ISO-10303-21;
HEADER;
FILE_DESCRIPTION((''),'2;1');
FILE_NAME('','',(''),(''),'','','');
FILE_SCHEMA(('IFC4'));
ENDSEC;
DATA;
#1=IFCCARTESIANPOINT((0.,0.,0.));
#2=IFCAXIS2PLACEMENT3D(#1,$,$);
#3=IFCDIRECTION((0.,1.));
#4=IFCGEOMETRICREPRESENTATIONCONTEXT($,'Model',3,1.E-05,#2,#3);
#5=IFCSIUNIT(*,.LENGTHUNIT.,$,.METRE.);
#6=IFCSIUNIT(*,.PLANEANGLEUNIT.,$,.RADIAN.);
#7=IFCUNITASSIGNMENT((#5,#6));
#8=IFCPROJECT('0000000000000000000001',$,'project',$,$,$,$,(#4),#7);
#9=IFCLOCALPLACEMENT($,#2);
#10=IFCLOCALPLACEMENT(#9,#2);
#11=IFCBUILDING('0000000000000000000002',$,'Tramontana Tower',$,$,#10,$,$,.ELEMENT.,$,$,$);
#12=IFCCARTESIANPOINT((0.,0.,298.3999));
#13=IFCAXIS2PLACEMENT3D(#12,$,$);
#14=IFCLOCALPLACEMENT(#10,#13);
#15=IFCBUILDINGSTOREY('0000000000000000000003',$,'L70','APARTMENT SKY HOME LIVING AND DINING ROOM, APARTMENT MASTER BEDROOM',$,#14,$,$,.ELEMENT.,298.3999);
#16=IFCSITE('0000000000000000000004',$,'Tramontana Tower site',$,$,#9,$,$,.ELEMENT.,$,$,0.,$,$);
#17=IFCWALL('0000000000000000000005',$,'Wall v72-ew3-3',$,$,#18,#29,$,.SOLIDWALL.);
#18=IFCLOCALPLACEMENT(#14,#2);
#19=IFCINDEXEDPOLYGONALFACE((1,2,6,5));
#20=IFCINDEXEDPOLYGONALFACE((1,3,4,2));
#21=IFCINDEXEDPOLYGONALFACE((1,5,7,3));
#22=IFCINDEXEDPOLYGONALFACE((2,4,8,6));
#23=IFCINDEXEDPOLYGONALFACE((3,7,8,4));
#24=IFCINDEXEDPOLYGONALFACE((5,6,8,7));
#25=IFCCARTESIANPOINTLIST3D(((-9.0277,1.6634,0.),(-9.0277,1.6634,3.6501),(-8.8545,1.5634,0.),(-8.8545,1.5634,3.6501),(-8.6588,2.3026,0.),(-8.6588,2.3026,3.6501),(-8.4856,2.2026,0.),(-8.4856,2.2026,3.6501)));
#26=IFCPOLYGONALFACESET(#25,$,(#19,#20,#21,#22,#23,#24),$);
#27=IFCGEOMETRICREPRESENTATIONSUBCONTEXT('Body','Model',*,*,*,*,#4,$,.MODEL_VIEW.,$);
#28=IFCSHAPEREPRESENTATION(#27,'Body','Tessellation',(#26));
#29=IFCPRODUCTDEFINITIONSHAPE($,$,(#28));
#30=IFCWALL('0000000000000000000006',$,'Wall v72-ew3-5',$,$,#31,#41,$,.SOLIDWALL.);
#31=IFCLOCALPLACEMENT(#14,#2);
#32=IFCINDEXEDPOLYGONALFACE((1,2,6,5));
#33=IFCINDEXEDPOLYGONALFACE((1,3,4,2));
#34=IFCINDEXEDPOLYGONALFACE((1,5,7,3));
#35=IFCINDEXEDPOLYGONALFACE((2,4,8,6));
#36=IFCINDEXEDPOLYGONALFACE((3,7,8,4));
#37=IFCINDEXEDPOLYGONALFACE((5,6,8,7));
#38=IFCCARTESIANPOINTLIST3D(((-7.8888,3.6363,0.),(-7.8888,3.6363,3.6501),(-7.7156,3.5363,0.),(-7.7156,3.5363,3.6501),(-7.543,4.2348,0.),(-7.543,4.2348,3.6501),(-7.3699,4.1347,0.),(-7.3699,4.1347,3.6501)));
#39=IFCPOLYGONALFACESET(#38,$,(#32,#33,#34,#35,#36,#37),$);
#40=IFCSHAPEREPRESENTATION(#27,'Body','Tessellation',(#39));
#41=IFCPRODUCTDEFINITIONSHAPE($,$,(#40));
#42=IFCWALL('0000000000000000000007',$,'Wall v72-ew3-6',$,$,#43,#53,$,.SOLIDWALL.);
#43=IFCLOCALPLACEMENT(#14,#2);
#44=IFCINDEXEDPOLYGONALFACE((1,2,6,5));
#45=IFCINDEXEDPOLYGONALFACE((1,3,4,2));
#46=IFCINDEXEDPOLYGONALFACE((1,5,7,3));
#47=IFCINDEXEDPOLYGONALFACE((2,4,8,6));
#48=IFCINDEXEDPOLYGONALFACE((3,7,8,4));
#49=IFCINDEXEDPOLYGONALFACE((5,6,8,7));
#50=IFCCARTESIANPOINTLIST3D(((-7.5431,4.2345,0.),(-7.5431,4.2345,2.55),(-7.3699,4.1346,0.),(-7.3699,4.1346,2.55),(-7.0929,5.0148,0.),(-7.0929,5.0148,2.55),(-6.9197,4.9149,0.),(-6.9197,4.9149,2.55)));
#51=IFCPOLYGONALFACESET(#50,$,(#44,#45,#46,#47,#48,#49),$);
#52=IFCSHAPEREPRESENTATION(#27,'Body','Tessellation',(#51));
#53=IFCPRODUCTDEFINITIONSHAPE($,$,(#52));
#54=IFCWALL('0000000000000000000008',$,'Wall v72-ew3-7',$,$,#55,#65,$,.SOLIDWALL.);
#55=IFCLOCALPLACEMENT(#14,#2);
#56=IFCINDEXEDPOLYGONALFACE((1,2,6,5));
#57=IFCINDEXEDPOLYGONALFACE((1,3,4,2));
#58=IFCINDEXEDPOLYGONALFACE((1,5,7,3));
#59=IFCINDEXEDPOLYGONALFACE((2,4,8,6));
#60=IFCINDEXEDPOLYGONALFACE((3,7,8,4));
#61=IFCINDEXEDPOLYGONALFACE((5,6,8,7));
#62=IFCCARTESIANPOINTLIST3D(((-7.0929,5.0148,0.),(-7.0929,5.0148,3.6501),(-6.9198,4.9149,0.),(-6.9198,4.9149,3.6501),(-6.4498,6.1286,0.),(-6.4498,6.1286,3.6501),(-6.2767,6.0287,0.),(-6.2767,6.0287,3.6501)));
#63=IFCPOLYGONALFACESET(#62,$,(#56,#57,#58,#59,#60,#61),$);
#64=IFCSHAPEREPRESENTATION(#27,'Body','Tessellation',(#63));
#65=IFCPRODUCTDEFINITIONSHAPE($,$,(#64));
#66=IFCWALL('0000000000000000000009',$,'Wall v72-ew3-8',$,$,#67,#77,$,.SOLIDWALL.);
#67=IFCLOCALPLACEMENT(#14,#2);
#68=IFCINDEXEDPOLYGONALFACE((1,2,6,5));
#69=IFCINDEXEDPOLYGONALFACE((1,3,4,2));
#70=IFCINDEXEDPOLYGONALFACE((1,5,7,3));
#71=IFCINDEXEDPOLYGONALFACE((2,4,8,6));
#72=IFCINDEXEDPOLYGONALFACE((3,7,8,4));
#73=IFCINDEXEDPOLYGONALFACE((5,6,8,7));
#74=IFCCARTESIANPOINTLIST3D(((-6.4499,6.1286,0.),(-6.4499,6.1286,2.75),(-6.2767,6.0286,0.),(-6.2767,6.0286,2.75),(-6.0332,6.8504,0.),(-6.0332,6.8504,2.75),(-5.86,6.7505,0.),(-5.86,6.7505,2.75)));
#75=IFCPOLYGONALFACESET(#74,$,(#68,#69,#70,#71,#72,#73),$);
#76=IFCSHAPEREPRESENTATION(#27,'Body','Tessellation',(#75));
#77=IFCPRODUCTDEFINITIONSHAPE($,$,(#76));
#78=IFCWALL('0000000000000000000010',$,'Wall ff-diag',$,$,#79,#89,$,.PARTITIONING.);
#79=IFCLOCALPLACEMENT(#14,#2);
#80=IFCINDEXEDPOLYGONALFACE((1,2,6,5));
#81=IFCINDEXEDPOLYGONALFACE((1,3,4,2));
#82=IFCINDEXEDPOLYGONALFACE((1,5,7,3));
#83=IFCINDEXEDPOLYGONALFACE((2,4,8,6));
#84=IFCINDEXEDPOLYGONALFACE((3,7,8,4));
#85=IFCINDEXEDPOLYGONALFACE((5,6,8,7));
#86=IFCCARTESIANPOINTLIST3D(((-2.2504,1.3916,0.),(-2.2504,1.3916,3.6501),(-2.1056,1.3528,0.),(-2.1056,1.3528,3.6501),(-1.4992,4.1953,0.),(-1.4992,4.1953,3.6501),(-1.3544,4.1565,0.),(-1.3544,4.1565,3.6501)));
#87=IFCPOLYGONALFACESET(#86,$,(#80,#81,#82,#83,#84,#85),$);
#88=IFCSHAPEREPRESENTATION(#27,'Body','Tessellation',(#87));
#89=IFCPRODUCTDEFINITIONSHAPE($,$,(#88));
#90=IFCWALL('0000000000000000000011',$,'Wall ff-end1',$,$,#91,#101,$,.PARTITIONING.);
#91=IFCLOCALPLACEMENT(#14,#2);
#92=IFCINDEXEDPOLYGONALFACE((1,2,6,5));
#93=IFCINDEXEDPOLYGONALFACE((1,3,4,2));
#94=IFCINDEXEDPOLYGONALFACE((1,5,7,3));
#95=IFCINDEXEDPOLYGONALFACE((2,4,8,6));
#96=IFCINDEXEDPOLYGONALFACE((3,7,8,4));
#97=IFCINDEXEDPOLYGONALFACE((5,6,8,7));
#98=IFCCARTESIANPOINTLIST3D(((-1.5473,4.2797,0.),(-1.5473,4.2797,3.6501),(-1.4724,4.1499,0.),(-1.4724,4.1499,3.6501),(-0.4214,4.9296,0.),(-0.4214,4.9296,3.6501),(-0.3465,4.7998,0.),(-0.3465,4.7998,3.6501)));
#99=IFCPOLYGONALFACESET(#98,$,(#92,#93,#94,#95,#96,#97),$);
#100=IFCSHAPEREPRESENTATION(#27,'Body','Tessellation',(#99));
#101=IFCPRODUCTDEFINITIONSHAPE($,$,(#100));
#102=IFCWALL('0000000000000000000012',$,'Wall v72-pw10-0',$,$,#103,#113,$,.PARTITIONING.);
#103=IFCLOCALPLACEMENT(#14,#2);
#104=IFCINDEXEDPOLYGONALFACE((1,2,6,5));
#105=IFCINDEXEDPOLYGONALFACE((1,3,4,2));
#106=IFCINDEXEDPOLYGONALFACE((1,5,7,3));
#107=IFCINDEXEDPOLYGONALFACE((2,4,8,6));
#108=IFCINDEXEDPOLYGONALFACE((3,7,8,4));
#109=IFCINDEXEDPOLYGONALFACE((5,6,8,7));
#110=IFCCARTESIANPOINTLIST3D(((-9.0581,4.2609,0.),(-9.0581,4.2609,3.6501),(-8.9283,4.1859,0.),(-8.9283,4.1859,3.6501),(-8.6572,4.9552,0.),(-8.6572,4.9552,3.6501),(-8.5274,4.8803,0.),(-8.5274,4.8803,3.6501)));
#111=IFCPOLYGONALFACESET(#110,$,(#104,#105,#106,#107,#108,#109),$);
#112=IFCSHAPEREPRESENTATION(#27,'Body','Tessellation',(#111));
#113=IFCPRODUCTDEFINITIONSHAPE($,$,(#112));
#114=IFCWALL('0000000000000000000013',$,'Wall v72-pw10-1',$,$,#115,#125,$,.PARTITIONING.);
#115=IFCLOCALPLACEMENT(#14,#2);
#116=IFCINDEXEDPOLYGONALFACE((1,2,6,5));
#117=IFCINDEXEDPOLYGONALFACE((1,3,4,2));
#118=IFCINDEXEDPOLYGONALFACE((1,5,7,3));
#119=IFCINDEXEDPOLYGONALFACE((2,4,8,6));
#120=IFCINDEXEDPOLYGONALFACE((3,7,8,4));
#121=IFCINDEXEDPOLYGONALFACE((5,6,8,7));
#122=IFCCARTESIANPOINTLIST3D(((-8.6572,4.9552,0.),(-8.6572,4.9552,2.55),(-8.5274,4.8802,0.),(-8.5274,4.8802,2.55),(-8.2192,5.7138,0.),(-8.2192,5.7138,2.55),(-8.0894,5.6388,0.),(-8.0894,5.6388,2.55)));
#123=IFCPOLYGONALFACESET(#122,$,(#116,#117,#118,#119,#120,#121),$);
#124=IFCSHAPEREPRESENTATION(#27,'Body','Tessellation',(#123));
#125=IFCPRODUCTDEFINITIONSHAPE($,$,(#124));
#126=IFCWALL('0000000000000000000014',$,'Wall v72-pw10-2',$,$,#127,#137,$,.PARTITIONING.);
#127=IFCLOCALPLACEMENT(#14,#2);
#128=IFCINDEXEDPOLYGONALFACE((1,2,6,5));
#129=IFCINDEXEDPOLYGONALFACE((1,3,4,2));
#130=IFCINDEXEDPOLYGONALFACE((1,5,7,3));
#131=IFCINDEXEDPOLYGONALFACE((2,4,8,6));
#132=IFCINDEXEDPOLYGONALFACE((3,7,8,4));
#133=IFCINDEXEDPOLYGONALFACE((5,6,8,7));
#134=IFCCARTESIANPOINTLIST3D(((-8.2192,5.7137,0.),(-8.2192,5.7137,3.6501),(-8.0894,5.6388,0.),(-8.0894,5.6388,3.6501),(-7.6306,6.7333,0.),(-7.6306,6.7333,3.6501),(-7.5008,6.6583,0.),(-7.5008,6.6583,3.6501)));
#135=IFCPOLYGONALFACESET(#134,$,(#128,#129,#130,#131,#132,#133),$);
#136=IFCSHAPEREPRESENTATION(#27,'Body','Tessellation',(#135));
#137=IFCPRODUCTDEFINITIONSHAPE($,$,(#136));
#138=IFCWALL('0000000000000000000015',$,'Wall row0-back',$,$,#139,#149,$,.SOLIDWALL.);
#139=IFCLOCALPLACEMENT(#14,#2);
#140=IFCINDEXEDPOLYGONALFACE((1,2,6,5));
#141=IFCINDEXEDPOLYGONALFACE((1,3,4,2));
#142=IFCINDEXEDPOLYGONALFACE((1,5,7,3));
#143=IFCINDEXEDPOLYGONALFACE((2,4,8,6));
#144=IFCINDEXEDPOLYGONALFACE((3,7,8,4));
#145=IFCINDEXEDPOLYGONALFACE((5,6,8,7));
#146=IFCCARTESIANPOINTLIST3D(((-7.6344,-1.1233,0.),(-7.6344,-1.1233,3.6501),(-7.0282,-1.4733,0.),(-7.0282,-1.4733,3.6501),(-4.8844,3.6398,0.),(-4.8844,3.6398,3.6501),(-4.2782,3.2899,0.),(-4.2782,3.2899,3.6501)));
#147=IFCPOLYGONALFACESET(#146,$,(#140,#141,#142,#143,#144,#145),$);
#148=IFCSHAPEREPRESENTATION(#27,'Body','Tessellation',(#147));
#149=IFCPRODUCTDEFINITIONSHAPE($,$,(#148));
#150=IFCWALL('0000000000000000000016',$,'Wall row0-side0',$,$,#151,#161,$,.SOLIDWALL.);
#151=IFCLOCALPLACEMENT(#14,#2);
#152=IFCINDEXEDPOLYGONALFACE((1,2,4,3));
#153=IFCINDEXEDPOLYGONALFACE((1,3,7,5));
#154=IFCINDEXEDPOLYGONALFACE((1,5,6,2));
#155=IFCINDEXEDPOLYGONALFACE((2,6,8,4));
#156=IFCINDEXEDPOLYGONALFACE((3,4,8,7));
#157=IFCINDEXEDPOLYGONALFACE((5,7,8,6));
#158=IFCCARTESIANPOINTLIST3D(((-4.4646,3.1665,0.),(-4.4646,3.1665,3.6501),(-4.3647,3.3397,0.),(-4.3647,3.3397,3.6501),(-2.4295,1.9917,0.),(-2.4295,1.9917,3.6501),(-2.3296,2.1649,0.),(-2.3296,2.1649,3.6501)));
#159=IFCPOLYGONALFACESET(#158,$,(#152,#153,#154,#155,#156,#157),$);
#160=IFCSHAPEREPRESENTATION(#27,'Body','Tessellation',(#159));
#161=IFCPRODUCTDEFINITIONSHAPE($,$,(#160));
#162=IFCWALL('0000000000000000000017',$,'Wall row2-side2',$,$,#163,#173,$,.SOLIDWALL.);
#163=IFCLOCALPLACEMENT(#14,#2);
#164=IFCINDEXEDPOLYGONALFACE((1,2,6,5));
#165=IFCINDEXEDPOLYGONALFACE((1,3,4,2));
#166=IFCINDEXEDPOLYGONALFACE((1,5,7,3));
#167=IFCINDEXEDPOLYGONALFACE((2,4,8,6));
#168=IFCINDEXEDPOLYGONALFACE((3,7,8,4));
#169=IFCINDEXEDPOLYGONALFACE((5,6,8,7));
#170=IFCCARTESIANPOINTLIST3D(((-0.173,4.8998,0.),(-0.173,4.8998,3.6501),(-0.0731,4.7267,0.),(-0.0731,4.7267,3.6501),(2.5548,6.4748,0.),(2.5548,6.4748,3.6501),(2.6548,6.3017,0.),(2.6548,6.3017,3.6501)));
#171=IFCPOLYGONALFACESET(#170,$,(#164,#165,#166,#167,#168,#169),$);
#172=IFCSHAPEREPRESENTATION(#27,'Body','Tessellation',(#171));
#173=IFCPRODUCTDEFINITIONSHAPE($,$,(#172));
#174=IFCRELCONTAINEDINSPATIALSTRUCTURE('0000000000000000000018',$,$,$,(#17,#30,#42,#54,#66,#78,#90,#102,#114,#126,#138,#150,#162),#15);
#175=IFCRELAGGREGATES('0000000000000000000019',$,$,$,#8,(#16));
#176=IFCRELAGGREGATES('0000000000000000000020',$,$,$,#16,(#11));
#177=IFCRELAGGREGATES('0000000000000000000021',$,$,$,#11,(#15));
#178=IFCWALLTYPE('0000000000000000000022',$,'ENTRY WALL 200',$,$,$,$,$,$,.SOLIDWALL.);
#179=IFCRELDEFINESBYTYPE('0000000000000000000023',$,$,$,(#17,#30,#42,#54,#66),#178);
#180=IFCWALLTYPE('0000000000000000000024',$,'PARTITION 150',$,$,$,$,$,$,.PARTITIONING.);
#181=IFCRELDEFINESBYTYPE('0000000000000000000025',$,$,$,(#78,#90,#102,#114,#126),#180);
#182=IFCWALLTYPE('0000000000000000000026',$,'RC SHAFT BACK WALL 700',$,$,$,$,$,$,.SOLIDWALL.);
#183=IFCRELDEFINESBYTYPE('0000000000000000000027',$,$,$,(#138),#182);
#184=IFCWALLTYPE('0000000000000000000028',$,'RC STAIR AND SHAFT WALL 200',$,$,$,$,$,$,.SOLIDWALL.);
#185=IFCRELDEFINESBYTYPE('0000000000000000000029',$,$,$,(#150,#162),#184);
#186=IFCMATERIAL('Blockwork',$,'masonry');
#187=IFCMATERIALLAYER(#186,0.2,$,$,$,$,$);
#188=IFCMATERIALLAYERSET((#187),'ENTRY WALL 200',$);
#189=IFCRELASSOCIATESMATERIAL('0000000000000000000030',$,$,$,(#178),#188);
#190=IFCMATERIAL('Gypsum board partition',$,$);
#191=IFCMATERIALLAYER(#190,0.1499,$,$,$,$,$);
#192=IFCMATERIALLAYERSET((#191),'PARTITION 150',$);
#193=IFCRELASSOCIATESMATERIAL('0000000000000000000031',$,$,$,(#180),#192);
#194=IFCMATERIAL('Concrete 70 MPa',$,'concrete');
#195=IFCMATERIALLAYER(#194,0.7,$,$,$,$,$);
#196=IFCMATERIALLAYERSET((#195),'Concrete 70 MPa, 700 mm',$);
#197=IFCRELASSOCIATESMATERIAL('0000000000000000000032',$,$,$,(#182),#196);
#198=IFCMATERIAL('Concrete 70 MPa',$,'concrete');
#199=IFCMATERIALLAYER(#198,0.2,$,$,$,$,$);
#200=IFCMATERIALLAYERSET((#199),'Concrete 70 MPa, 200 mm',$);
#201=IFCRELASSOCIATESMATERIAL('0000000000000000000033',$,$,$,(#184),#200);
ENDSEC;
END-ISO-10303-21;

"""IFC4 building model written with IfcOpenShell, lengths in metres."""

from ifc_helpers import new_model, si_unit, direction, frame, frame_2d, origin, place, context, subcontext, project, spatial, rectangle, extrude, material, layer, layer_set, type_object, element, save


model = new_model("IFC4")

# Units and contexts
model_context = context("Model", 3, precision=1e-05, world=origin(), true_north=direction((0.0, 1.0)))
body_context = subcontext(model_context, "Body", "Model", "MODEL_VIEW")
ifc_project = project(units=[si_unit("LENGTHUNIT", "METRE"), si_unit("PLANEANGLEUNIT", "RADIAN")], contexts=[model_context])

# Site, building, storey
site_placement = place(None, origin())
site = spatial("IfcSite", under=ifc_project, at=site_placement, Name="Tramontana Tower site", CompositionType="ELEMENT", RefElevation=0.0)
building_placement = place(site_placement, origin())
building = spatial("IfcBuilding", under=site, at=building_placement, Name="Tramontana Tower", CompositionType="ELEMENT")
storey_placement = place(building_placement, frame((0.0, 0.0, 298.3999)))
storey = spatial("IfcBuildingStorey", under=building, at=storey_placement, Name="L70", Description="APARTMENT SKY HOME LIVING AND DINING ROOM, APARTMENT MASTER BEDROOM", CompositionType="ELEMENT", Elevation=298.3999)

# Wall
ifc_material_1 = material(Name="Blockwork", Category="masonry")
ifc_layer_1 = layer(ifc_material_1, 0.2)
ifc_layer_set_1 = layer_set([ifc_layer_1], Name="ENTRY WALL 200")
wall_type_1 = type_object("IfcWallType", Name="ENTRY WALL 200", PredefinedType="SOLIDWALL", material=ifc_layer_set_1)
wall_1_placement = place(storey_placement, frame((-8.9412, 1.6133, 0.0), z_axis=(0.0, 0.0, 1.0), x_axis=(0.499875, 0.866097, 0.0)))
element("IfcWall", 1, at=wall_1_placement, inside=storey, type_object=wall_type_1, Name="Wall v72-ew3-3", PredefinedType="SOLIDWALL", context=body_context, shape_type="SweptSolid", body=[
    extrude(rectangle(XDim=0.738, YDim=0.2, at=frame_2d((0.3691, 0.0))), origin(), (0.0, 0.0, 1.0), 3.6501),
])

# Walls
wall_2_placement = place(storey_placement, frame((-7.8022, 3.5862, 0.0), z_axis=(0.0, 0.0, 1.0), x_axis=(0.500242, 0.865885, 0.0)))
element("IfcWall", 2, at=wall_2_placement, inside=storey, type_object=wall_type_1, Name="Wall v72-ew3-5", PredefinedType="SOLIDWALL", context=body_context, shape_type="SweptSolid", body=[
    extrude(rectangle(XDim=0.6912, YDim=0.2, at=frame_2d((0.3457, 0.0))), origin(), (0.0, 0.0, 1.0), 3.6501),
])
wall_3_placement = place(storey_placement, frame((-7.4565, 4.1846, 0.0), z_axis=(0.0, 0.0, 1.0), x_axis=(0.499754, 0.866168, 0.0)))
element("IfcWall", 3, at=wall_3_placement, inside=storey, type_object=wall_type_1, Name="Wall v72-ew3-6", PredefinedType="SOLIDWALL", context=body_context, shape_type="SweptSolid", body=[
    extrude(rectangle(XDim=0.9009, YDim=0.2, at=frame_2d((0.4504, 0.0))), origin(), (0.0, 0.0, 1.0), 2.55),
])
wall_4_placement = place(storey_placement, frame((-7.0063, 4.9648, 0.0), z_axis=(0.0, 0.0, 1.0), x_axis=(0.500018, 0.866015, 0.0)))
element("IfcWall", 4, at=wall_4_placement, inside=storey, type_object=wall_type_1, Name="Wall v72-ew3-7", PredefinedType="SOLIDWALL", context=body_context, shape_type="SweptSolid", body=[
    extrude(rectangle(XDim=1.2861, YDim=0.2, at=frame_2d((0.6431, 0.0))), origin(), (0.0, 0.0, 1.0), 3.6501),
])
wall_5_placement = place(storey_placement, frame((-6.3633, 6.0786, 0.0), z_axis=(0.0, 0.0, 1.0), x_axis=(0.499951, 0.866054, 0.0)))
element("IfcWall", 5, at=wall_5_placement, inside=storey, type_object=wall_type_1, Name="Wall v72-ew3-8", PredefinedType="SOLIDWALL", context=body_context, shape_type="SweptSolid", body=[
    extrude(rectangle(XDim=0.8335, YDim=0.2, at=frame_2d((0.4167, 0.0))), origin(), (0.0, 0.0, 1.0), 2.75),
])
ifc_material_2 = material(Name="Gypsum board partition")
ifc_layer_2 = layer(ifc_material_2, 0.1499)
ifc_layer_set_2 = layer_set([ifc_layer_2], Name="PARTITION 150")
wall_type_2 = type_object("IfcWallType", Name="PARTITION 150", PredefinedType="PARTITIONING", material=ifc_layer_set_2)
wall_6_placement = place(storey_placement, frame((-2.178, 1.3723, 0.0), z_axis=(0.0, 0.0, 1.0), x_axis=(0.258809, 0.965929, 0.0)))
element("IfcWall", 6, at=wall_6_placement, inside=storey, type_object=wall_type_2, Name="Wall ff-diag", PredefinedType="PARTITIONING", context=body_context, shape_type="SweptSolid", body=[
    extrude(rectangle(XDim=2.9026, YDim=0.1499, at=frame_2d((1.4512, 0.0))), origin(), (0.0, 0.0, 1.0), 3.6501),
])
wall_7_placement = place(storey_placement, frame((-1.5098, 4.2148, 0.0), z_axis=(0.0, 0.0, 1.0), x_axis=(0.866086, 0.499896, 0.0)))
element("IfcWall", 7, at=wall_7_placement, inside=storey, type_object=wall_type_2, Name="Wall ff-end1", PredefinedType="PARTITIONING", context=body_context, shape_type="SweptSolid", body=[
    extrude(rectangle(XDim=1.3, YDim=0.1499, at=frame_2d((0.6499, 0.0))), origin(), (0.0, 0.0, 1.0), 3.6501),
])
wall_8_placement = place(storey_placement, frame((-8.9932, 4.2234, 0.0), z_axis=(0.0, 0.0, 1.0), x_axis=(0.500004, 0.866023, 0.0)))
element("IfcWall", 8, at=wall_8_placement, inside=storey, type_object=wall_type_2, Name="Wall v72-pw10-0", PredefinedType="PARTITIONING", context=body_context, shape_type="SweptSolid", body=[
    extrude(rectangle(XDim=0.8018, YDim=0.1499, at=frame_2d((0.4009, 0.0))), origin(), (0.0, 0.0, 1.0), 3.6501),
])
wall_9_placement = place(storey_placement, frame((-8.5923, 4.9177, 0.0), z_axis=(0.0, 0.0, 1.0), x_axis=(0.500036, 0.866005, 0.0)))
element("IfcWall", 9, at=wall_9_placement, inside=storey, type_object=wall_type_2, Name="Wall v72-pw10-1", PredefinedType="PARTITIONING", context=body_context, shape_type="SweptSolid", body=[
    extrude(rectangle(XDim=0.876, YDim=0.1499, at=frame_2d((0.438, 0.0))), origin(), (0.0, 0.0, 1.0), 2.55),
])
wall_10_placement = place(storey_placement, frame((-8.1543, 5.6763, 0.0), z_axis=(0.0, 0.0, 1.0), x_axis=(0.499998, 0.866027, 0.0)))
element("IfcWall", 10, at=wall_10_placement, inside=storey, type_object=wall_type_2, Name="Wall v72-pw10-2", PredefinedType="PARTITIONING", context=body_context, shape_type="SweptSolid", body=[
    extrude(rectangle(XDim=1.1772, YDim=0.1499, at=frame_2d((0.5886, 0.0))), origin(), (0.0, 0.0, 1.0), 3.6501),
])

# Wall
ifc_material_3 = material(Name="Concrete 70 MPa", Category="concrete")
ifc_layer_3 = layer(ifc_material_3, 0.7)
ifc_layer_set_3 = layer_set([ifc_layer_3], Name="Concrete 70 MPa, 700 mm")
wall_type_3 = type_object("IfcWallType", Name="RC SHAFT BACK WALL 700", PredefinedType="SOLIDWALL", material=ifc_layer_set_3)
wall_11_placement = place(storey_placement, frame((-4.5813, 3.4648, 0.0), z_axis=(0.0, 0.0, 1.0), x_axis=(-0.499997, -0.866027, 0.0)))
element("IfcWall", 11, at=wall_11_placement, inside=storey, type_object=wall_type_3, Name="Wall row0-back", PredefinedType="SOLIDWALL", context=body_context, shape_type="SweptSolid", body=[
    extrude(rectangle(XDim=5.5, YDim=0.7, at=frame_2d((2.75, 0.0))), origin(), (0.0, 0.0, 1.0), 3.6501),
])

# Shared definitions
ifc_material_4 = material(Name="Concrete 70 MPa", Category="concrete")
ifc_layer_4 = layer(ifc_material_4, 0.2)
ifc_layer_set_4 = layer_set([ifc_layer_4], Name="Concrete 70 MPa, 200 mm")
wall_type_4 = type_object("IfcWallType", Name="RC STAIR AND SHAFT WALL 200", PredefinedType="SOLIDWALL", material=ifc_layer_set_4)

# Walls
wall_12_placement = place(storey_placement, frame((-2.3796, 2.0784, 0.0), z_axis=(0.0, 0.0, 1.0), x_axis=(-0.866061, 0.499938, 0.0)))
element("IfcWall", 12, at=wall_12_placement, inside=storey, type_object=wall_type_4, Name="Wall row0-side0", PredefinedType="SOLIDWALL", context=body_context, shape_type="SweptSolid", body=[
    extrude(rectangle(XDim=2.3499, YDim=0.2, at=frame_2d((1.1748, 0.0))), origin(), (0.0, 0.0, 1.0), 3.6501),
])
wall_13_placement = place(storey_placement, frame((-0.123, 4.8132, 0.0), z_axis=(0.0, 0.0, 1.0), x_axis=(0.866016, 0.500015, 0.0)))
element("IfcWall", 13, at=wall_13_placement, inside=storey, type_object=wall_type_4, Name="Wall row2-side2", PredefinedType="SOLIDWALL", context=body_context, shape_type="SweptSolid", body=[
    extrude(rectangle(XDim=3.1499, YDim=0.2, at=frame_2d((1.575, 0.0))), origin(), (0.0, 0.0, 1.0), 3.6501),
])

save(model, "model.ifc")
